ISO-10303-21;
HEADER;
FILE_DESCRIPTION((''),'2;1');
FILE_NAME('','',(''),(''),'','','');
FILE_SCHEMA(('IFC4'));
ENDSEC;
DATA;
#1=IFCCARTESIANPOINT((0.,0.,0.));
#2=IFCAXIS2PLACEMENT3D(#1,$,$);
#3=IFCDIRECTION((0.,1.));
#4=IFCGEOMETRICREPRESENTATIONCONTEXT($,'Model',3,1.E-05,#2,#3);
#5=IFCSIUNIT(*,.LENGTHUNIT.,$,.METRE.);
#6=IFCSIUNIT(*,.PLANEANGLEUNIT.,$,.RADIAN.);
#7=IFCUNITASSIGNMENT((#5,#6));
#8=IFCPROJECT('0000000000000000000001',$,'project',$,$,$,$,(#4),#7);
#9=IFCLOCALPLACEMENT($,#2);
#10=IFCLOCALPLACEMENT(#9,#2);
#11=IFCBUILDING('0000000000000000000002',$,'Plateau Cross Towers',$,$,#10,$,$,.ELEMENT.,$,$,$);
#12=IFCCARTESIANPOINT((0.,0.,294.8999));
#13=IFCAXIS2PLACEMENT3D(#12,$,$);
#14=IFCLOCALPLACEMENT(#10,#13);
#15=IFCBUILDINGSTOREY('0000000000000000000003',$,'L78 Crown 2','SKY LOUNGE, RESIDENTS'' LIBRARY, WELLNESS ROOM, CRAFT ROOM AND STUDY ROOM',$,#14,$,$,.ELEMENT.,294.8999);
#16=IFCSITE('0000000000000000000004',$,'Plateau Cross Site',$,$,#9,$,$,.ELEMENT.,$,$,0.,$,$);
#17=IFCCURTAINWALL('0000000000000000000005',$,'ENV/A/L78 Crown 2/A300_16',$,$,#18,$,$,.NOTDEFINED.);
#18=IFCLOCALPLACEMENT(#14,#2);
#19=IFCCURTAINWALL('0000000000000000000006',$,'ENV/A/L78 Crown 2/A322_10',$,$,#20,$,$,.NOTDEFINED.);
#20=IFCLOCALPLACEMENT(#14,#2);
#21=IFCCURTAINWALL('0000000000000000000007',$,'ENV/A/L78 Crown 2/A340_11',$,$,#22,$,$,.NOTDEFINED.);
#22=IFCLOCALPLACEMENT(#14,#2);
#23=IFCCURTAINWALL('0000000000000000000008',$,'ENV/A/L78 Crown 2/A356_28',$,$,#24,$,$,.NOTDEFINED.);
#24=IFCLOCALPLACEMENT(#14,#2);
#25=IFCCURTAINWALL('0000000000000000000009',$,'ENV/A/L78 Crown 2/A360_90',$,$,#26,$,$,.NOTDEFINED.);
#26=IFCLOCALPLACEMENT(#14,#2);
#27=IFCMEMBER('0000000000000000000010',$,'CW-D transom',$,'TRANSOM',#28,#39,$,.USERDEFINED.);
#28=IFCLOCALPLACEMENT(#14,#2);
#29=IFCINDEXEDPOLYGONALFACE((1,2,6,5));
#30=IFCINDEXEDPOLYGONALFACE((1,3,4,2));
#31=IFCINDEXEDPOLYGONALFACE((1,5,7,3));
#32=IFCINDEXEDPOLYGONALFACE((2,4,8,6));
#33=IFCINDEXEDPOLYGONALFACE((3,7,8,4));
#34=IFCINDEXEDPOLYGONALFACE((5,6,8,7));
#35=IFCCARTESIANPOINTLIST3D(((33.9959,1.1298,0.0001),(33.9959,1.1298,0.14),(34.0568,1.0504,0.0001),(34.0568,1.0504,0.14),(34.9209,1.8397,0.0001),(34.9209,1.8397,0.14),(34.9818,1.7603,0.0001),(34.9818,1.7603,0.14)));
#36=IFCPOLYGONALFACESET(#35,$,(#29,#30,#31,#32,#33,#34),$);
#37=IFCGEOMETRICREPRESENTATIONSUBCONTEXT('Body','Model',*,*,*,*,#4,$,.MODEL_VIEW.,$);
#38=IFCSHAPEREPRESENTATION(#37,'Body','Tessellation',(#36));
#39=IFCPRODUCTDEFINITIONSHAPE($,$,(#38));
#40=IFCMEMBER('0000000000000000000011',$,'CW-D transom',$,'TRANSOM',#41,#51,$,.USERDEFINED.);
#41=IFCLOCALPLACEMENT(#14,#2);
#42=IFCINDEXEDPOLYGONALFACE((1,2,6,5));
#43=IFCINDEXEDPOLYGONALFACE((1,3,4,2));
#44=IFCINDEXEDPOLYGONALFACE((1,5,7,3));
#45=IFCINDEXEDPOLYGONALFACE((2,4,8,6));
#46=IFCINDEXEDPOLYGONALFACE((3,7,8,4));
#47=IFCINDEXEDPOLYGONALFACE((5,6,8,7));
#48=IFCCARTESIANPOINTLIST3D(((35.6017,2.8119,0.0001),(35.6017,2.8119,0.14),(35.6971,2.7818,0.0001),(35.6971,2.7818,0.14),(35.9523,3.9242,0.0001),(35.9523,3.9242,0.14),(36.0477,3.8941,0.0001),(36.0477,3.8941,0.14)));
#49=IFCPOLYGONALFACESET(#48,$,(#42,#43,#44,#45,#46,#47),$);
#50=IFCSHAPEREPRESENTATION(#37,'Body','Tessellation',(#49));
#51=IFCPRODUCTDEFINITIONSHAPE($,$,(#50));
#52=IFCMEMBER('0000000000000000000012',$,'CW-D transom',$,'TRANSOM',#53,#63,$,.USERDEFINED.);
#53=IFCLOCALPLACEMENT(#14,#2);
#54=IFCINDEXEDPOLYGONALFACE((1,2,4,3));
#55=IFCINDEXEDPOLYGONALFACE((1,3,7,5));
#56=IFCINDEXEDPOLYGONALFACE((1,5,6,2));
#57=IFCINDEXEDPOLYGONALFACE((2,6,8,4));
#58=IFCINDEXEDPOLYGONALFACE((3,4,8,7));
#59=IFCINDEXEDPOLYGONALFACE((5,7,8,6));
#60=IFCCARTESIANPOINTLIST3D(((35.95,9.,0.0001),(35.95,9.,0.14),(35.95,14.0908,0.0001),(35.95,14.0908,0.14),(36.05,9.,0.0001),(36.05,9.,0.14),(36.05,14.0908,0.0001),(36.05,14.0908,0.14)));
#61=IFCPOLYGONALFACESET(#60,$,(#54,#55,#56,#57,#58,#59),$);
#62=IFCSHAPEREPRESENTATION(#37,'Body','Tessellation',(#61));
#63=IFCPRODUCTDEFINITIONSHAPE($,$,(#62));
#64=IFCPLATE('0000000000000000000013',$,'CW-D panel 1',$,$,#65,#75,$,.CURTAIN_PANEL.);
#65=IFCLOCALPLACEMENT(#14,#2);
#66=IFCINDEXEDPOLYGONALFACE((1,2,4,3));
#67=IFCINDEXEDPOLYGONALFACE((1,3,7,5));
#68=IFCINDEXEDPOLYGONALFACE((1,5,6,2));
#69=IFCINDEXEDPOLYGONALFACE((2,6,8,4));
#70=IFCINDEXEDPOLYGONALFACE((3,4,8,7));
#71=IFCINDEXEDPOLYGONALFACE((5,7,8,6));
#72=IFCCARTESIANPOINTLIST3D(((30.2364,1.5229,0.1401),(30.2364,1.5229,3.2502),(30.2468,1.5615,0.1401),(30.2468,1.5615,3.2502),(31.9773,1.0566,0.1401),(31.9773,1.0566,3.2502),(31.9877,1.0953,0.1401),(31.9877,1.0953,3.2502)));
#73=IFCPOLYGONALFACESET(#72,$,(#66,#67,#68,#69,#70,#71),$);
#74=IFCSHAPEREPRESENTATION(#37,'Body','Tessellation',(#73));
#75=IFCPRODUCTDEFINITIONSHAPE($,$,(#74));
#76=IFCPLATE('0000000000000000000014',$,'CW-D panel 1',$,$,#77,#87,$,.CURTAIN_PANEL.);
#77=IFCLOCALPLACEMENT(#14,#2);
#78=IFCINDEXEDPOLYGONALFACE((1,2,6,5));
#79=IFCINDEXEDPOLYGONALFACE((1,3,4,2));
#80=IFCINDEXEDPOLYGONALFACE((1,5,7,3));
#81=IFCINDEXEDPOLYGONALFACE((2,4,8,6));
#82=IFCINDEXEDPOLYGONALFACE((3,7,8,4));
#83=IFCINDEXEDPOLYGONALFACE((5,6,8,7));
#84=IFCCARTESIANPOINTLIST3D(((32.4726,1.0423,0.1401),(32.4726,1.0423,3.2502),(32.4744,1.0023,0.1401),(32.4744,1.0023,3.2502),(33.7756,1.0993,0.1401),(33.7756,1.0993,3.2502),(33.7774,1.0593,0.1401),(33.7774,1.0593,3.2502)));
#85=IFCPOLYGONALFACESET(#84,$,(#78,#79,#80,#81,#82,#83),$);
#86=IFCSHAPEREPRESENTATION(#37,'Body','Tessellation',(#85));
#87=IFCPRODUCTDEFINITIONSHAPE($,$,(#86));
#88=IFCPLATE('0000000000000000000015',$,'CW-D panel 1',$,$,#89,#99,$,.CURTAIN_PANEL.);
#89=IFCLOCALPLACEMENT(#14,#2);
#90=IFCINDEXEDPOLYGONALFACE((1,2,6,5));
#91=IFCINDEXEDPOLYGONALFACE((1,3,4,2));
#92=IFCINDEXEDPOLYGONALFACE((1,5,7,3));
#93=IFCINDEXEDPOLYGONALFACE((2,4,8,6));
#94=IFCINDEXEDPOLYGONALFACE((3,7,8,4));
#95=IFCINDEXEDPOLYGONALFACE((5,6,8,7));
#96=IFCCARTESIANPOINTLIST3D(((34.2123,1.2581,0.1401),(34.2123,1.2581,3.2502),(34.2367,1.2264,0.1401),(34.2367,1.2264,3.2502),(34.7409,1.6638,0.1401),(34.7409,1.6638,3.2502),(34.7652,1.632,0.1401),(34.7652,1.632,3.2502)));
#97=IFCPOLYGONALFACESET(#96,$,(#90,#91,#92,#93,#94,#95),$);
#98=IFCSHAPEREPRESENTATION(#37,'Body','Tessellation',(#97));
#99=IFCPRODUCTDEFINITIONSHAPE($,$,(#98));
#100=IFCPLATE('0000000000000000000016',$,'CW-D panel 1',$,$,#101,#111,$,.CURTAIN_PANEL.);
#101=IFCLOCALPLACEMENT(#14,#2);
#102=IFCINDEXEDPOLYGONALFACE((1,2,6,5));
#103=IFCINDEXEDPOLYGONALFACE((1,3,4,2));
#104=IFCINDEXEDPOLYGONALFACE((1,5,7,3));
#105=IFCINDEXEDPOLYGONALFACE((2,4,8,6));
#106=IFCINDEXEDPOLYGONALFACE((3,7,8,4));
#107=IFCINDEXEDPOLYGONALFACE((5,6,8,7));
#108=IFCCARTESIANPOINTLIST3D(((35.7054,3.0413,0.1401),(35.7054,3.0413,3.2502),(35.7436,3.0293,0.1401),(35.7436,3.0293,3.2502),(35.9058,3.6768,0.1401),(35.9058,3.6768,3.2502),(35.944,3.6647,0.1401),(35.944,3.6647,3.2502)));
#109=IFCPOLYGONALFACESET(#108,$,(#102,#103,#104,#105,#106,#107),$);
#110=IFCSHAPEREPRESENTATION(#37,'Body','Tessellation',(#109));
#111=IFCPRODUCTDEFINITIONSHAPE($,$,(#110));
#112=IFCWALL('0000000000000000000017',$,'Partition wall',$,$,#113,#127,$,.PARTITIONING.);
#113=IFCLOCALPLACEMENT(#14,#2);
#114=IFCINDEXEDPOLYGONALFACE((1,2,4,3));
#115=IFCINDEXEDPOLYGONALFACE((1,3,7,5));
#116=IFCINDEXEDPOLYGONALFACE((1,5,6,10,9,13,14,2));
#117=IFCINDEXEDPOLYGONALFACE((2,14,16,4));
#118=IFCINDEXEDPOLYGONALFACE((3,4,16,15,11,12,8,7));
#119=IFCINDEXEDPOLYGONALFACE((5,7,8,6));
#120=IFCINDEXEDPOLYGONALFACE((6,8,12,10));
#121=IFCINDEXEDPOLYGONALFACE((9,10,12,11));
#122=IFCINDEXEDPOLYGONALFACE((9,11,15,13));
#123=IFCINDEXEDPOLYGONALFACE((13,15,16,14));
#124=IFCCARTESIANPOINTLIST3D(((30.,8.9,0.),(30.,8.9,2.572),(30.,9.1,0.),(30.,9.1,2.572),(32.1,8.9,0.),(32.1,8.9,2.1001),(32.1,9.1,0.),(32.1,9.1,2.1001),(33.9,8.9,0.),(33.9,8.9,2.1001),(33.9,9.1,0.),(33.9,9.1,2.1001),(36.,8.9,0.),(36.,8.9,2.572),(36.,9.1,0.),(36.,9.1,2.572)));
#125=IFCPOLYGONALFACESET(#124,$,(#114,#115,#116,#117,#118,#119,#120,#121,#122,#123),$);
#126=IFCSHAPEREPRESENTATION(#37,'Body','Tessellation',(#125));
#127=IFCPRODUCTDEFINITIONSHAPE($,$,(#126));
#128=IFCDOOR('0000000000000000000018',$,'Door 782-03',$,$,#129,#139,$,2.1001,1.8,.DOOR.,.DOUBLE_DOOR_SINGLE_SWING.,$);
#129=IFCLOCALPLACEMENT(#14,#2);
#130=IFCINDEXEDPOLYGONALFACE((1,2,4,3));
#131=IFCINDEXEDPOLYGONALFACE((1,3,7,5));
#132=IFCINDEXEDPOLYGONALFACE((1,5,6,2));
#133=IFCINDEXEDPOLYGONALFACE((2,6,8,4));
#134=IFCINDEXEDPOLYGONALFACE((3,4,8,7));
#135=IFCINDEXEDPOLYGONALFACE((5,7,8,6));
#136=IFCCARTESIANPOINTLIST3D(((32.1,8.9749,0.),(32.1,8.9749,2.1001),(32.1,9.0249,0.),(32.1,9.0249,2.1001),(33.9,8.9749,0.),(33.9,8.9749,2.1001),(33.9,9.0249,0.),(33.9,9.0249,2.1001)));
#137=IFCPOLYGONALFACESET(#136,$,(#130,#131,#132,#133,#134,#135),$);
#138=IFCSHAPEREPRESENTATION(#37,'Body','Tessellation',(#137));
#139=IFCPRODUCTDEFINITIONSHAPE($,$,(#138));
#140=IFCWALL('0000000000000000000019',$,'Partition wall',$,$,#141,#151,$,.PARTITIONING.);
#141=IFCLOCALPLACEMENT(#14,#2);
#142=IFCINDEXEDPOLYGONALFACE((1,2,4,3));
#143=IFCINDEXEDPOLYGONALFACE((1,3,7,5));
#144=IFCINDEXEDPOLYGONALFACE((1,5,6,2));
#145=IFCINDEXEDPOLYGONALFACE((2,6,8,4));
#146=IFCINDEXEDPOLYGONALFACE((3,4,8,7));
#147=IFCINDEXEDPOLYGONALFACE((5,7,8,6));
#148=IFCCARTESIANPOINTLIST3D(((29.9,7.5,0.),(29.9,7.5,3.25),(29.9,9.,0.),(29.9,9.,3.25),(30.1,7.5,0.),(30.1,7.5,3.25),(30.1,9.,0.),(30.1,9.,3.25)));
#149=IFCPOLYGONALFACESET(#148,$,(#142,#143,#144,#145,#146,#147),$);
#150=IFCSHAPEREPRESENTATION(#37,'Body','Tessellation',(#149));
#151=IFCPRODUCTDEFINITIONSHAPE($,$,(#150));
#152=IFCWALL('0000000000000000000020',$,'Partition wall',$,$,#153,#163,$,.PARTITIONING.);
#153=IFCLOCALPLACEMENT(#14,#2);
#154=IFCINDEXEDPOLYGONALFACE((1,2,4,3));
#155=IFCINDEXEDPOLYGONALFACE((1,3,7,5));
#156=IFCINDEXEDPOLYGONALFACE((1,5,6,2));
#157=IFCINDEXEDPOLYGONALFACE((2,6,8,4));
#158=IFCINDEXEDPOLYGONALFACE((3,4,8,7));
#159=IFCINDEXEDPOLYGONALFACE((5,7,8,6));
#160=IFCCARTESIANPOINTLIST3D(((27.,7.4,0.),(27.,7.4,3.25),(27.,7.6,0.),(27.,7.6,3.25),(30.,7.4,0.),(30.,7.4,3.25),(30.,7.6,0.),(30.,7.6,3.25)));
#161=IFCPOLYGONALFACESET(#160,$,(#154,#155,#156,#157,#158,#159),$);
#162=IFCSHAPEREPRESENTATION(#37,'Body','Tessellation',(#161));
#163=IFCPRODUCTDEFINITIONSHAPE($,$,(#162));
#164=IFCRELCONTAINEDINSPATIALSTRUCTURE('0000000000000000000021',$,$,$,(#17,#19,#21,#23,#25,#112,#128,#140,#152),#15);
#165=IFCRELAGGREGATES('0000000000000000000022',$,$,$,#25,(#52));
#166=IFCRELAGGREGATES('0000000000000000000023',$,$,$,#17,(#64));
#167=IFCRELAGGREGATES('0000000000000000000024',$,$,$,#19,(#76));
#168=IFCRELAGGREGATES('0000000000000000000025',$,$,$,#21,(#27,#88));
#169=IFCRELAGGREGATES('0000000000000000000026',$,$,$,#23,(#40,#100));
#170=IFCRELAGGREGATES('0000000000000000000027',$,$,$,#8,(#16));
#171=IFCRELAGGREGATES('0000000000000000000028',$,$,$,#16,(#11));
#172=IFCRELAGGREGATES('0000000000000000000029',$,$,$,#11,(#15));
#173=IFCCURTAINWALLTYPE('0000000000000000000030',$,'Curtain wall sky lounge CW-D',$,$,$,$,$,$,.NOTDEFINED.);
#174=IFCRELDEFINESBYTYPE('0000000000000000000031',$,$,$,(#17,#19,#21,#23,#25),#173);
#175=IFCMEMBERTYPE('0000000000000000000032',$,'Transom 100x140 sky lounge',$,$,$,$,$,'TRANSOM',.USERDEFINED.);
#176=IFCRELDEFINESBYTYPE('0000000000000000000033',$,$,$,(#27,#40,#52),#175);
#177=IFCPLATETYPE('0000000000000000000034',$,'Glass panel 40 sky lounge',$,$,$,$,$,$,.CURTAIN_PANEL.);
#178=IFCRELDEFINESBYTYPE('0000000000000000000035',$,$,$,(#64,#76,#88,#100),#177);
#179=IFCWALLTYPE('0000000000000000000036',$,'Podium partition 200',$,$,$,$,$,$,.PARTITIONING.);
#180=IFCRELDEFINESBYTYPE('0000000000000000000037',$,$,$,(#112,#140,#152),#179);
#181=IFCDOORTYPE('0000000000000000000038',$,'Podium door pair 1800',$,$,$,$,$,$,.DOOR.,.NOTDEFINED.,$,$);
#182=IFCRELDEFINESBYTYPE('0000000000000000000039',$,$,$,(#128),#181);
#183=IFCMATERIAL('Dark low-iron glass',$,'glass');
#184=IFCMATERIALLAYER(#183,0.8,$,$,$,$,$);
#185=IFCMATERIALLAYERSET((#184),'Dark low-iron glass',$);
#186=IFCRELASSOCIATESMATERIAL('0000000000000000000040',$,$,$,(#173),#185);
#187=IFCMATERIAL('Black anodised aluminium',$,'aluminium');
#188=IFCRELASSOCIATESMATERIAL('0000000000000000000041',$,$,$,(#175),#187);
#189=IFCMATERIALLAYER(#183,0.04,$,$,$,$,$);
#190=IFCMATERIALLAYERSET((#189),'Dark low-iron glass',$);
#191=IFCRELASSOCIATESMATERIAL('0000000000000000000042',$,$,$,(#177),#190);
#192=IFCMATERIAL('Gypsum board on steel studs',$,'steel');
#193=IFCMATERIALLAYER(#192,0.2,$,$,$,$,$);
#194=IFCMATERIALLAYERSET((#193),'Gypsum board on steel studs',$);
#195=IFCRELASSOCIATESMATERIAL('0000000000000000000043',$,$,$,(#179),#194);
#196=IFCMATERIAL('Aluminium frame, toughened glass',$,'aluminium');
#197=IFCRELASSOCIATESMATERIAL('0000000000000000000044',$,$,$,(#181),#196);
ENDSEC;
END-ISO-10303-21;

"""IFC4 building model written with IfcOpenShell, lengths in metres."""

from ifc_helpers import new_model, si_unit, direction, frame, frame_2d, origin, origin_2d, place, context, subcontext, project, spatial, rectangle, extrude, material, layer, layer_set, material_profile, profile_set, type_object, element, fill, aggregate, save


model = new_model("IFC4")

# Units and contexts
model_context = context("Model", 3, precision=1e-05, world=origin(), true_north=direction((0.0, 1.0)))
body_context = subcontext(model_context, "Body", "Model", "MODEL_VIEW")
ifc_project = project(units=[si_unit("LENGTHUNIT", "METRE"), si_unit("PLANEANGLEUNIT", "RADIAN")], contexts=[model_context])

# Site, building, storey
site_placement = place(None, origin())
site = spatial("IfcSite", under=ifc_project, at=site_placement, Name="Plateau Cross Site", CompositionType="ELEMENT", RefElevation=0.0)
building_placement = place(site_placement, origin())
building = spatial("IfcBuilding", under=site, at=building_placement, Name="Plateau Cross Towers", CompositionType="ELEMENT")
storey_placement = place(building_placement, frame((0.0, 0.0, 294.8999)))
storey = spatial("IfcBuildingStorey", under=building, at=storey_placement, Name="L78 Crown 2", Description="SKY LOUNGE, RESIDENTS' LIBRARY, WELLNESS ROOM, CRAFT ROOM AND STUDY ROOM", CompositionType="ELEMENT", Elevation=294.8999)

# Curtain walls
ifc_material_1 = material(Name="Dark low-iron glass", Category="glass")
ifc_layer_1 = layer(ifc_material_1, 0.8)
ifc_layer_set_1 = layer_set([ifc_layer_1], Name="Dark low-iron glass")
curtain_wall_type = type_object("IfcCurtainWallType", Name="Curtain wall sky lounge CW-D", PredefinedType="NOTDEFINED", material=ifc_layer_set_1)
curtain_wall_1_placement = place(storey_placement, origin())
curtain_wall_1 = element("IfcCurtainWall", 1, at=curtain_wall_1_placement, inside=storey, type_object=curtain_wall_type, Name="ENV/A/L78 Crown 2/A300_16", PredefinedType="NOTDEFINED")
ifc_material_2 = material(Name="Black anodised aluminium", Category="aluminium")
curtain_wall_2_placement = place(storey_placement, origin())
curtain_wall_2 = element("IfcCurtainWall", 2, at=curtain_wall_2_placement, inside=storey, type_object=curtain_wall_type, Name="ENV/A/L78 Crown 2/A322_10", PredefinedType="NOTDEFINED")

# Curtain walls
curtain_wall_3_placement = place(storey_placement, origin())
curtain_wall_3 = element("IfcCurtainWall", 3, at=curtain_wall_3_placement, inside=storey, type_object=curtain_wall_type, Name="ENV/A/L78 Crown 2/A340_11", PredefinedType="NOTDEFINED")
curtain_wall_4_placement = place(storey_placement, origin())
curtain_wall_4 = element("IfcCurtainWall", 4, at=curtain_wall_4_placement, inside=storey, type_object=curtain_wall_type, Name="ENV/A/L78 Crown 2/A356_28", PredefinedType="NOTDEFINED")

# Curtain wall
curtain_wall_5_placement = place(storey_placement, origin())
curtain_wall_5 = element("IfcCurtainWall", 5, at=curtain_wall_5_placement, inside=storey, type_object=curtain_wall_type, Name="ENV/A/L78 Crown 2/A360_90", PredefinedType="NOTDEFINED")

# Members
ifc_material_profile_1 = material_profile(ifc_material_2, rectangle(XDim=0.1001, YDim=0.1399, at=origin_2d()), Name="TRANSOM 100x140")
ifc_profile_set_1 = profile_set([ifc_material_profile_1], Name="Black anodised aluminium")
member_type_1 = type_object("IfcMemberType", Name="Transom 100x140 sky lounge", ElementType="TRANSOM", PredefinedType="USERDEFINED", material=ifc_profile_set_1)
member_1_placement = place(storey_placement, frame((34.0264, 1.0901, 0.0701), z_axis=(0.793293, 0.60884, 0.0), x_axis=(-0.60884, 0.793293, 0.0)))
member_1 = element("IfcMember", 6, at=member_1_placement, type_object=member_type_1, Name="CW-D transom", ObjectType="TRANSOM", PredefinedType="USERDEFINED", context=body_context, shape_type="SweptSolid", body=[
    extrude(rectangle(XDim=0.1001, YDim=0.1399, at=origin_2d()), origin(), (0.0, 0.0, 1.0), 1.166),
])
member_2_placement = place(storey_placement, frame((35.6494, 2.7969, 0.0701), z_axis=(0.30061, 0.953747, 0.0), x_axis=(-0.953747, 0.30061, 0.0)))
member_2 = element("IfcMember", 7, at=member_2_placement, type_object=member_type_1, Name="CW-D transom", ObjectType="TRANSOM", PredefinedType="USERDEFINED", context=body_context, shape_type="SweptSolid", body=[
    extrude(rectangle(XDim=0.1001, YDim=0.1399, at=origin_2d()), origin(), (0.0, 0.0, 1.0), 1.1663),
])
member_3_placement = place(storey_placement, frame((36.0, 9.0, 0.0701), z_axis=(0.0, 1.0, 0.0), x_axis=(-1.0, 0.0, 0.0)))
member_3 = element("IfcMember", 8, at=member_3_placement, type_object=member_type_1, Name="CW-D transom", ObjectType="TRANSOM", PredefinedType="USERDEFINED", context=body_context, shape_type="SweptSolid", body=[
    extrude(rectangle(XDim=0.1001, YDim=0.1399, at=origin_2d()), origin(), (0.0, 0.0, 1.0), 5.0908),
])
aggregate(curtain_wall_5, [member_3])

# Plates
ifc_layer_2 = layer(ifc_material_1, 0.04)
ifc_layer_set_2 = layer_set([ifc_layer_2], Name="Dark low-iron glass")
plate_type = type_object("IfcPlateType", Name="Glass panel 40 sky lounge", PredefinedType="CURTAIN_PANEL", material=ifc_layer_set_2)
plate_1_placement = place(storey_placement, frame((31.1121, 1.3091, 0.1401), z_axis=(0.0, 0.0, 1.0), x_axis=(0.965958, -0.258699, 0.0)))
plate_1 = element("IfcPlate", 9, at=plate_1_placement, type_object=plate_type, Name="CW-D panel 1", PredefinedType="CURTAIN_PANEL", context=body_context, shape_type="SweptSolid", body=[
    extrude(rectangle(XDim=1.8022, YDim=0.04, at=origin_2d()), origin(), (0.0, 0.0, 1.0), 3.1101),
])
aggregate(curtain_wall_1, [plate_1])
plate_2_placement = place(storey_placement, frame((33.125, 1.0508, 0.1401), z_axis=(0.0, 0.0, 1.0), x_axis=(0.999044, 0.043723, 0.0)))
plate_2 = element("IfcPlate", 10, at=plate_2_placement, type_object=plate_type, Name="CW-D panel 1", PredefinedType="CURTAIN_PANEL", context=body_context, shape_type="SweptSolid", body=[
    extrude(rectangle(XDim=1.3042, YDim=0.04, at=origin_2d()), origin(), (0.0, 0.0, 1.0), 3.1101),
])
aggregate(curtain_wall_2, [plate_2])
plate_3_placement = place(storey_placement, frame((34.4888, 1.4451, 0.1401), z_axis=(0.0, 0.0, 1.0), x_axis=(0.793316, 0.608811, 0.0)))
plate_3 = element("IfcPlate", 11, at=plate_3_placement, type_object=plate_type, Name="CW-D panel 1", PredefinedType="CURTAIN_PANEL", context=body_context, shape_type="SweptSolid", body=[
    extrude(rectangle(XDim=0.6663, YDim=0.04, at=origin_2d()), origin(), (0.0, 0.0, 1.0), 3.1101),
])
aggregate(curtain_wall_3, [member_1, plate_3])
plate_4_placement = place(storey_placement, frame((35.8247, 3.353, 0.1401), z_axis=(0.0, 0.0, 1.0), x_axis=(0.300686, 0.953723, 0.0)))
plate_4 = element("IfcPlate", 12, at=plate_4_placement, type_object=plate_type, Name="CW-D panel 1", PredefinedType="CURTAIN_PANEL", context=body_context, shape_type="SweptSolid", body=[
    extrude(rectangle(XDim=0.6663, YDim=0.04, at=origin_2d()), origin(), (0.0, 0.0, 1.0), 3.1101),
])
aggregate(curtain_wall_4, [member_2, plate_4])

# Wall, opening, door
ifc_material_3 = material(Name="Gypsum board on steel studs", Category="steel")
ifc_layer_3 = layer(ifc_material_3, 0.2)
ifc_layer_set_3 = layer_set([ifc_layer_3], Name="Gypsum board on steel studs")
wall_type_1 = type_object("IfcWallType", Name="Podium partition 200", PredefinedType="PARTITIONING", material=ifc_layer_set_3)
wall_1_placement = place(storey_placement, frame((30.0, 9.0, 0.0), z_axis=(0.0, 0.0, 1.0), x_axis=(1.0, 0.0, 0.0)))
wall_1 = element("IfcWall", 13, at=wall_1_placement, inside=storey, type_object=wall_type_1, Name="Partition wall", PredefinedType="PARTITIONING", context=body_context, shape_type="SweptSolid", body=[
    extrude(rectangle(XDim=6.0, YDim=0.2, at=frame_2d((3.0, 0.0))), origin(), (0.0, 0.0, 1.0), 2.572),
])
opening_1_placement = place(wall_1_placement, frame((2.1001, 0.0, 0.0)))
opening_1 = element("IfcOpeningElement", 14, at=opening_1_placement, cuts=wall_1, PredefinedType="OPENING", context=body_context, shape_type="SweptSolid", body=[
    extrude(rectangle(XDim=1.8, YDim=2.1001, at=frame_2d((0.8999, 1.05))), frame((0.0, 0.1099, 0.0), z_axis=(0.0, -1.0, 0.0), x_axis=(1.0, 0.0, 0.0)), (0.0, 0.0, 1.0), 0.22),
])
ifc_material_4 = material(Name="Aluminium frame, toughened glass", Category="aluminium")
door_type_1 = type_object("IfcDoorType", Name="Podium door pair 1800", OperationType="NOTDEFINED", PredefinedType="DOOR", material=ifc_material_4)
door_1_placement = place(opening_1_placement, origin())
door_1 = element("IfcDoor", 15, at=door_1_placement, inside=storey, type_object=door_type_1, Name="Door 782-03", OperationType="DOUBLE_DOOR_SINGLE_SWING", OverallHeight=2.1001, OverallWidth=1.8, PredefinedType="DOOR", context=body_context, shape_type="SweptSolid", body=[
    extrude(rectangle(XDim=1.8, YDim=2.1001, at=frame_2d((0.8999, 1.05))), frame((0.0, 0.0249, 0.0), z_axis=(0.0, -1.0, 0.0), x_axis=(1.0, 0.0, 0.0)), (0.0, 0.0, 1.0), 0.05),
])
fill(opening_1, door_1)

# Walls
wall_2_placement = place(storey_placement, frame((30.0, 9.0, 0.0), z_axis=(0.0, 0.0, 1.0), x_axis=(0.0, -1.0, 0.0)))
element("IfcWall", 16, at=wall_2_placement, inside=storey, type_object=wall_type_1, Name="Partition wall", PredefinedType="PARTITIONING", context=body_context, shape_type="SweptSolid", body=[
    extrude(rectangle(XDim=1.5, YDim=0.2, at=frame_2d((0.75, 0.0))), origin(), (0.0, 0.0, 1.0), 3.25),
])
wall_3_placement = place(storey_placement, frame((30.0, 7.5, 0.0), z_axis=(0.0, 0.0, 1.0), x_axis=(-1.0, 0.0, 0.0)))
element("IfcWall", 17, at=wall_3_placement, inside=storey, type_object=wall_type_1, Name="Partition wall", PredefinedType="PARTITIONING", context=body_context, shape_type="SweptSolid", body=[
    extrude(rectangle(XDim=3.0, YDim=0.2, at=frame_2d((1.5, 0.0))), origin(), (0.0, 0.0, 1.0), 3.25),
])

save(model, "model.ifc")
